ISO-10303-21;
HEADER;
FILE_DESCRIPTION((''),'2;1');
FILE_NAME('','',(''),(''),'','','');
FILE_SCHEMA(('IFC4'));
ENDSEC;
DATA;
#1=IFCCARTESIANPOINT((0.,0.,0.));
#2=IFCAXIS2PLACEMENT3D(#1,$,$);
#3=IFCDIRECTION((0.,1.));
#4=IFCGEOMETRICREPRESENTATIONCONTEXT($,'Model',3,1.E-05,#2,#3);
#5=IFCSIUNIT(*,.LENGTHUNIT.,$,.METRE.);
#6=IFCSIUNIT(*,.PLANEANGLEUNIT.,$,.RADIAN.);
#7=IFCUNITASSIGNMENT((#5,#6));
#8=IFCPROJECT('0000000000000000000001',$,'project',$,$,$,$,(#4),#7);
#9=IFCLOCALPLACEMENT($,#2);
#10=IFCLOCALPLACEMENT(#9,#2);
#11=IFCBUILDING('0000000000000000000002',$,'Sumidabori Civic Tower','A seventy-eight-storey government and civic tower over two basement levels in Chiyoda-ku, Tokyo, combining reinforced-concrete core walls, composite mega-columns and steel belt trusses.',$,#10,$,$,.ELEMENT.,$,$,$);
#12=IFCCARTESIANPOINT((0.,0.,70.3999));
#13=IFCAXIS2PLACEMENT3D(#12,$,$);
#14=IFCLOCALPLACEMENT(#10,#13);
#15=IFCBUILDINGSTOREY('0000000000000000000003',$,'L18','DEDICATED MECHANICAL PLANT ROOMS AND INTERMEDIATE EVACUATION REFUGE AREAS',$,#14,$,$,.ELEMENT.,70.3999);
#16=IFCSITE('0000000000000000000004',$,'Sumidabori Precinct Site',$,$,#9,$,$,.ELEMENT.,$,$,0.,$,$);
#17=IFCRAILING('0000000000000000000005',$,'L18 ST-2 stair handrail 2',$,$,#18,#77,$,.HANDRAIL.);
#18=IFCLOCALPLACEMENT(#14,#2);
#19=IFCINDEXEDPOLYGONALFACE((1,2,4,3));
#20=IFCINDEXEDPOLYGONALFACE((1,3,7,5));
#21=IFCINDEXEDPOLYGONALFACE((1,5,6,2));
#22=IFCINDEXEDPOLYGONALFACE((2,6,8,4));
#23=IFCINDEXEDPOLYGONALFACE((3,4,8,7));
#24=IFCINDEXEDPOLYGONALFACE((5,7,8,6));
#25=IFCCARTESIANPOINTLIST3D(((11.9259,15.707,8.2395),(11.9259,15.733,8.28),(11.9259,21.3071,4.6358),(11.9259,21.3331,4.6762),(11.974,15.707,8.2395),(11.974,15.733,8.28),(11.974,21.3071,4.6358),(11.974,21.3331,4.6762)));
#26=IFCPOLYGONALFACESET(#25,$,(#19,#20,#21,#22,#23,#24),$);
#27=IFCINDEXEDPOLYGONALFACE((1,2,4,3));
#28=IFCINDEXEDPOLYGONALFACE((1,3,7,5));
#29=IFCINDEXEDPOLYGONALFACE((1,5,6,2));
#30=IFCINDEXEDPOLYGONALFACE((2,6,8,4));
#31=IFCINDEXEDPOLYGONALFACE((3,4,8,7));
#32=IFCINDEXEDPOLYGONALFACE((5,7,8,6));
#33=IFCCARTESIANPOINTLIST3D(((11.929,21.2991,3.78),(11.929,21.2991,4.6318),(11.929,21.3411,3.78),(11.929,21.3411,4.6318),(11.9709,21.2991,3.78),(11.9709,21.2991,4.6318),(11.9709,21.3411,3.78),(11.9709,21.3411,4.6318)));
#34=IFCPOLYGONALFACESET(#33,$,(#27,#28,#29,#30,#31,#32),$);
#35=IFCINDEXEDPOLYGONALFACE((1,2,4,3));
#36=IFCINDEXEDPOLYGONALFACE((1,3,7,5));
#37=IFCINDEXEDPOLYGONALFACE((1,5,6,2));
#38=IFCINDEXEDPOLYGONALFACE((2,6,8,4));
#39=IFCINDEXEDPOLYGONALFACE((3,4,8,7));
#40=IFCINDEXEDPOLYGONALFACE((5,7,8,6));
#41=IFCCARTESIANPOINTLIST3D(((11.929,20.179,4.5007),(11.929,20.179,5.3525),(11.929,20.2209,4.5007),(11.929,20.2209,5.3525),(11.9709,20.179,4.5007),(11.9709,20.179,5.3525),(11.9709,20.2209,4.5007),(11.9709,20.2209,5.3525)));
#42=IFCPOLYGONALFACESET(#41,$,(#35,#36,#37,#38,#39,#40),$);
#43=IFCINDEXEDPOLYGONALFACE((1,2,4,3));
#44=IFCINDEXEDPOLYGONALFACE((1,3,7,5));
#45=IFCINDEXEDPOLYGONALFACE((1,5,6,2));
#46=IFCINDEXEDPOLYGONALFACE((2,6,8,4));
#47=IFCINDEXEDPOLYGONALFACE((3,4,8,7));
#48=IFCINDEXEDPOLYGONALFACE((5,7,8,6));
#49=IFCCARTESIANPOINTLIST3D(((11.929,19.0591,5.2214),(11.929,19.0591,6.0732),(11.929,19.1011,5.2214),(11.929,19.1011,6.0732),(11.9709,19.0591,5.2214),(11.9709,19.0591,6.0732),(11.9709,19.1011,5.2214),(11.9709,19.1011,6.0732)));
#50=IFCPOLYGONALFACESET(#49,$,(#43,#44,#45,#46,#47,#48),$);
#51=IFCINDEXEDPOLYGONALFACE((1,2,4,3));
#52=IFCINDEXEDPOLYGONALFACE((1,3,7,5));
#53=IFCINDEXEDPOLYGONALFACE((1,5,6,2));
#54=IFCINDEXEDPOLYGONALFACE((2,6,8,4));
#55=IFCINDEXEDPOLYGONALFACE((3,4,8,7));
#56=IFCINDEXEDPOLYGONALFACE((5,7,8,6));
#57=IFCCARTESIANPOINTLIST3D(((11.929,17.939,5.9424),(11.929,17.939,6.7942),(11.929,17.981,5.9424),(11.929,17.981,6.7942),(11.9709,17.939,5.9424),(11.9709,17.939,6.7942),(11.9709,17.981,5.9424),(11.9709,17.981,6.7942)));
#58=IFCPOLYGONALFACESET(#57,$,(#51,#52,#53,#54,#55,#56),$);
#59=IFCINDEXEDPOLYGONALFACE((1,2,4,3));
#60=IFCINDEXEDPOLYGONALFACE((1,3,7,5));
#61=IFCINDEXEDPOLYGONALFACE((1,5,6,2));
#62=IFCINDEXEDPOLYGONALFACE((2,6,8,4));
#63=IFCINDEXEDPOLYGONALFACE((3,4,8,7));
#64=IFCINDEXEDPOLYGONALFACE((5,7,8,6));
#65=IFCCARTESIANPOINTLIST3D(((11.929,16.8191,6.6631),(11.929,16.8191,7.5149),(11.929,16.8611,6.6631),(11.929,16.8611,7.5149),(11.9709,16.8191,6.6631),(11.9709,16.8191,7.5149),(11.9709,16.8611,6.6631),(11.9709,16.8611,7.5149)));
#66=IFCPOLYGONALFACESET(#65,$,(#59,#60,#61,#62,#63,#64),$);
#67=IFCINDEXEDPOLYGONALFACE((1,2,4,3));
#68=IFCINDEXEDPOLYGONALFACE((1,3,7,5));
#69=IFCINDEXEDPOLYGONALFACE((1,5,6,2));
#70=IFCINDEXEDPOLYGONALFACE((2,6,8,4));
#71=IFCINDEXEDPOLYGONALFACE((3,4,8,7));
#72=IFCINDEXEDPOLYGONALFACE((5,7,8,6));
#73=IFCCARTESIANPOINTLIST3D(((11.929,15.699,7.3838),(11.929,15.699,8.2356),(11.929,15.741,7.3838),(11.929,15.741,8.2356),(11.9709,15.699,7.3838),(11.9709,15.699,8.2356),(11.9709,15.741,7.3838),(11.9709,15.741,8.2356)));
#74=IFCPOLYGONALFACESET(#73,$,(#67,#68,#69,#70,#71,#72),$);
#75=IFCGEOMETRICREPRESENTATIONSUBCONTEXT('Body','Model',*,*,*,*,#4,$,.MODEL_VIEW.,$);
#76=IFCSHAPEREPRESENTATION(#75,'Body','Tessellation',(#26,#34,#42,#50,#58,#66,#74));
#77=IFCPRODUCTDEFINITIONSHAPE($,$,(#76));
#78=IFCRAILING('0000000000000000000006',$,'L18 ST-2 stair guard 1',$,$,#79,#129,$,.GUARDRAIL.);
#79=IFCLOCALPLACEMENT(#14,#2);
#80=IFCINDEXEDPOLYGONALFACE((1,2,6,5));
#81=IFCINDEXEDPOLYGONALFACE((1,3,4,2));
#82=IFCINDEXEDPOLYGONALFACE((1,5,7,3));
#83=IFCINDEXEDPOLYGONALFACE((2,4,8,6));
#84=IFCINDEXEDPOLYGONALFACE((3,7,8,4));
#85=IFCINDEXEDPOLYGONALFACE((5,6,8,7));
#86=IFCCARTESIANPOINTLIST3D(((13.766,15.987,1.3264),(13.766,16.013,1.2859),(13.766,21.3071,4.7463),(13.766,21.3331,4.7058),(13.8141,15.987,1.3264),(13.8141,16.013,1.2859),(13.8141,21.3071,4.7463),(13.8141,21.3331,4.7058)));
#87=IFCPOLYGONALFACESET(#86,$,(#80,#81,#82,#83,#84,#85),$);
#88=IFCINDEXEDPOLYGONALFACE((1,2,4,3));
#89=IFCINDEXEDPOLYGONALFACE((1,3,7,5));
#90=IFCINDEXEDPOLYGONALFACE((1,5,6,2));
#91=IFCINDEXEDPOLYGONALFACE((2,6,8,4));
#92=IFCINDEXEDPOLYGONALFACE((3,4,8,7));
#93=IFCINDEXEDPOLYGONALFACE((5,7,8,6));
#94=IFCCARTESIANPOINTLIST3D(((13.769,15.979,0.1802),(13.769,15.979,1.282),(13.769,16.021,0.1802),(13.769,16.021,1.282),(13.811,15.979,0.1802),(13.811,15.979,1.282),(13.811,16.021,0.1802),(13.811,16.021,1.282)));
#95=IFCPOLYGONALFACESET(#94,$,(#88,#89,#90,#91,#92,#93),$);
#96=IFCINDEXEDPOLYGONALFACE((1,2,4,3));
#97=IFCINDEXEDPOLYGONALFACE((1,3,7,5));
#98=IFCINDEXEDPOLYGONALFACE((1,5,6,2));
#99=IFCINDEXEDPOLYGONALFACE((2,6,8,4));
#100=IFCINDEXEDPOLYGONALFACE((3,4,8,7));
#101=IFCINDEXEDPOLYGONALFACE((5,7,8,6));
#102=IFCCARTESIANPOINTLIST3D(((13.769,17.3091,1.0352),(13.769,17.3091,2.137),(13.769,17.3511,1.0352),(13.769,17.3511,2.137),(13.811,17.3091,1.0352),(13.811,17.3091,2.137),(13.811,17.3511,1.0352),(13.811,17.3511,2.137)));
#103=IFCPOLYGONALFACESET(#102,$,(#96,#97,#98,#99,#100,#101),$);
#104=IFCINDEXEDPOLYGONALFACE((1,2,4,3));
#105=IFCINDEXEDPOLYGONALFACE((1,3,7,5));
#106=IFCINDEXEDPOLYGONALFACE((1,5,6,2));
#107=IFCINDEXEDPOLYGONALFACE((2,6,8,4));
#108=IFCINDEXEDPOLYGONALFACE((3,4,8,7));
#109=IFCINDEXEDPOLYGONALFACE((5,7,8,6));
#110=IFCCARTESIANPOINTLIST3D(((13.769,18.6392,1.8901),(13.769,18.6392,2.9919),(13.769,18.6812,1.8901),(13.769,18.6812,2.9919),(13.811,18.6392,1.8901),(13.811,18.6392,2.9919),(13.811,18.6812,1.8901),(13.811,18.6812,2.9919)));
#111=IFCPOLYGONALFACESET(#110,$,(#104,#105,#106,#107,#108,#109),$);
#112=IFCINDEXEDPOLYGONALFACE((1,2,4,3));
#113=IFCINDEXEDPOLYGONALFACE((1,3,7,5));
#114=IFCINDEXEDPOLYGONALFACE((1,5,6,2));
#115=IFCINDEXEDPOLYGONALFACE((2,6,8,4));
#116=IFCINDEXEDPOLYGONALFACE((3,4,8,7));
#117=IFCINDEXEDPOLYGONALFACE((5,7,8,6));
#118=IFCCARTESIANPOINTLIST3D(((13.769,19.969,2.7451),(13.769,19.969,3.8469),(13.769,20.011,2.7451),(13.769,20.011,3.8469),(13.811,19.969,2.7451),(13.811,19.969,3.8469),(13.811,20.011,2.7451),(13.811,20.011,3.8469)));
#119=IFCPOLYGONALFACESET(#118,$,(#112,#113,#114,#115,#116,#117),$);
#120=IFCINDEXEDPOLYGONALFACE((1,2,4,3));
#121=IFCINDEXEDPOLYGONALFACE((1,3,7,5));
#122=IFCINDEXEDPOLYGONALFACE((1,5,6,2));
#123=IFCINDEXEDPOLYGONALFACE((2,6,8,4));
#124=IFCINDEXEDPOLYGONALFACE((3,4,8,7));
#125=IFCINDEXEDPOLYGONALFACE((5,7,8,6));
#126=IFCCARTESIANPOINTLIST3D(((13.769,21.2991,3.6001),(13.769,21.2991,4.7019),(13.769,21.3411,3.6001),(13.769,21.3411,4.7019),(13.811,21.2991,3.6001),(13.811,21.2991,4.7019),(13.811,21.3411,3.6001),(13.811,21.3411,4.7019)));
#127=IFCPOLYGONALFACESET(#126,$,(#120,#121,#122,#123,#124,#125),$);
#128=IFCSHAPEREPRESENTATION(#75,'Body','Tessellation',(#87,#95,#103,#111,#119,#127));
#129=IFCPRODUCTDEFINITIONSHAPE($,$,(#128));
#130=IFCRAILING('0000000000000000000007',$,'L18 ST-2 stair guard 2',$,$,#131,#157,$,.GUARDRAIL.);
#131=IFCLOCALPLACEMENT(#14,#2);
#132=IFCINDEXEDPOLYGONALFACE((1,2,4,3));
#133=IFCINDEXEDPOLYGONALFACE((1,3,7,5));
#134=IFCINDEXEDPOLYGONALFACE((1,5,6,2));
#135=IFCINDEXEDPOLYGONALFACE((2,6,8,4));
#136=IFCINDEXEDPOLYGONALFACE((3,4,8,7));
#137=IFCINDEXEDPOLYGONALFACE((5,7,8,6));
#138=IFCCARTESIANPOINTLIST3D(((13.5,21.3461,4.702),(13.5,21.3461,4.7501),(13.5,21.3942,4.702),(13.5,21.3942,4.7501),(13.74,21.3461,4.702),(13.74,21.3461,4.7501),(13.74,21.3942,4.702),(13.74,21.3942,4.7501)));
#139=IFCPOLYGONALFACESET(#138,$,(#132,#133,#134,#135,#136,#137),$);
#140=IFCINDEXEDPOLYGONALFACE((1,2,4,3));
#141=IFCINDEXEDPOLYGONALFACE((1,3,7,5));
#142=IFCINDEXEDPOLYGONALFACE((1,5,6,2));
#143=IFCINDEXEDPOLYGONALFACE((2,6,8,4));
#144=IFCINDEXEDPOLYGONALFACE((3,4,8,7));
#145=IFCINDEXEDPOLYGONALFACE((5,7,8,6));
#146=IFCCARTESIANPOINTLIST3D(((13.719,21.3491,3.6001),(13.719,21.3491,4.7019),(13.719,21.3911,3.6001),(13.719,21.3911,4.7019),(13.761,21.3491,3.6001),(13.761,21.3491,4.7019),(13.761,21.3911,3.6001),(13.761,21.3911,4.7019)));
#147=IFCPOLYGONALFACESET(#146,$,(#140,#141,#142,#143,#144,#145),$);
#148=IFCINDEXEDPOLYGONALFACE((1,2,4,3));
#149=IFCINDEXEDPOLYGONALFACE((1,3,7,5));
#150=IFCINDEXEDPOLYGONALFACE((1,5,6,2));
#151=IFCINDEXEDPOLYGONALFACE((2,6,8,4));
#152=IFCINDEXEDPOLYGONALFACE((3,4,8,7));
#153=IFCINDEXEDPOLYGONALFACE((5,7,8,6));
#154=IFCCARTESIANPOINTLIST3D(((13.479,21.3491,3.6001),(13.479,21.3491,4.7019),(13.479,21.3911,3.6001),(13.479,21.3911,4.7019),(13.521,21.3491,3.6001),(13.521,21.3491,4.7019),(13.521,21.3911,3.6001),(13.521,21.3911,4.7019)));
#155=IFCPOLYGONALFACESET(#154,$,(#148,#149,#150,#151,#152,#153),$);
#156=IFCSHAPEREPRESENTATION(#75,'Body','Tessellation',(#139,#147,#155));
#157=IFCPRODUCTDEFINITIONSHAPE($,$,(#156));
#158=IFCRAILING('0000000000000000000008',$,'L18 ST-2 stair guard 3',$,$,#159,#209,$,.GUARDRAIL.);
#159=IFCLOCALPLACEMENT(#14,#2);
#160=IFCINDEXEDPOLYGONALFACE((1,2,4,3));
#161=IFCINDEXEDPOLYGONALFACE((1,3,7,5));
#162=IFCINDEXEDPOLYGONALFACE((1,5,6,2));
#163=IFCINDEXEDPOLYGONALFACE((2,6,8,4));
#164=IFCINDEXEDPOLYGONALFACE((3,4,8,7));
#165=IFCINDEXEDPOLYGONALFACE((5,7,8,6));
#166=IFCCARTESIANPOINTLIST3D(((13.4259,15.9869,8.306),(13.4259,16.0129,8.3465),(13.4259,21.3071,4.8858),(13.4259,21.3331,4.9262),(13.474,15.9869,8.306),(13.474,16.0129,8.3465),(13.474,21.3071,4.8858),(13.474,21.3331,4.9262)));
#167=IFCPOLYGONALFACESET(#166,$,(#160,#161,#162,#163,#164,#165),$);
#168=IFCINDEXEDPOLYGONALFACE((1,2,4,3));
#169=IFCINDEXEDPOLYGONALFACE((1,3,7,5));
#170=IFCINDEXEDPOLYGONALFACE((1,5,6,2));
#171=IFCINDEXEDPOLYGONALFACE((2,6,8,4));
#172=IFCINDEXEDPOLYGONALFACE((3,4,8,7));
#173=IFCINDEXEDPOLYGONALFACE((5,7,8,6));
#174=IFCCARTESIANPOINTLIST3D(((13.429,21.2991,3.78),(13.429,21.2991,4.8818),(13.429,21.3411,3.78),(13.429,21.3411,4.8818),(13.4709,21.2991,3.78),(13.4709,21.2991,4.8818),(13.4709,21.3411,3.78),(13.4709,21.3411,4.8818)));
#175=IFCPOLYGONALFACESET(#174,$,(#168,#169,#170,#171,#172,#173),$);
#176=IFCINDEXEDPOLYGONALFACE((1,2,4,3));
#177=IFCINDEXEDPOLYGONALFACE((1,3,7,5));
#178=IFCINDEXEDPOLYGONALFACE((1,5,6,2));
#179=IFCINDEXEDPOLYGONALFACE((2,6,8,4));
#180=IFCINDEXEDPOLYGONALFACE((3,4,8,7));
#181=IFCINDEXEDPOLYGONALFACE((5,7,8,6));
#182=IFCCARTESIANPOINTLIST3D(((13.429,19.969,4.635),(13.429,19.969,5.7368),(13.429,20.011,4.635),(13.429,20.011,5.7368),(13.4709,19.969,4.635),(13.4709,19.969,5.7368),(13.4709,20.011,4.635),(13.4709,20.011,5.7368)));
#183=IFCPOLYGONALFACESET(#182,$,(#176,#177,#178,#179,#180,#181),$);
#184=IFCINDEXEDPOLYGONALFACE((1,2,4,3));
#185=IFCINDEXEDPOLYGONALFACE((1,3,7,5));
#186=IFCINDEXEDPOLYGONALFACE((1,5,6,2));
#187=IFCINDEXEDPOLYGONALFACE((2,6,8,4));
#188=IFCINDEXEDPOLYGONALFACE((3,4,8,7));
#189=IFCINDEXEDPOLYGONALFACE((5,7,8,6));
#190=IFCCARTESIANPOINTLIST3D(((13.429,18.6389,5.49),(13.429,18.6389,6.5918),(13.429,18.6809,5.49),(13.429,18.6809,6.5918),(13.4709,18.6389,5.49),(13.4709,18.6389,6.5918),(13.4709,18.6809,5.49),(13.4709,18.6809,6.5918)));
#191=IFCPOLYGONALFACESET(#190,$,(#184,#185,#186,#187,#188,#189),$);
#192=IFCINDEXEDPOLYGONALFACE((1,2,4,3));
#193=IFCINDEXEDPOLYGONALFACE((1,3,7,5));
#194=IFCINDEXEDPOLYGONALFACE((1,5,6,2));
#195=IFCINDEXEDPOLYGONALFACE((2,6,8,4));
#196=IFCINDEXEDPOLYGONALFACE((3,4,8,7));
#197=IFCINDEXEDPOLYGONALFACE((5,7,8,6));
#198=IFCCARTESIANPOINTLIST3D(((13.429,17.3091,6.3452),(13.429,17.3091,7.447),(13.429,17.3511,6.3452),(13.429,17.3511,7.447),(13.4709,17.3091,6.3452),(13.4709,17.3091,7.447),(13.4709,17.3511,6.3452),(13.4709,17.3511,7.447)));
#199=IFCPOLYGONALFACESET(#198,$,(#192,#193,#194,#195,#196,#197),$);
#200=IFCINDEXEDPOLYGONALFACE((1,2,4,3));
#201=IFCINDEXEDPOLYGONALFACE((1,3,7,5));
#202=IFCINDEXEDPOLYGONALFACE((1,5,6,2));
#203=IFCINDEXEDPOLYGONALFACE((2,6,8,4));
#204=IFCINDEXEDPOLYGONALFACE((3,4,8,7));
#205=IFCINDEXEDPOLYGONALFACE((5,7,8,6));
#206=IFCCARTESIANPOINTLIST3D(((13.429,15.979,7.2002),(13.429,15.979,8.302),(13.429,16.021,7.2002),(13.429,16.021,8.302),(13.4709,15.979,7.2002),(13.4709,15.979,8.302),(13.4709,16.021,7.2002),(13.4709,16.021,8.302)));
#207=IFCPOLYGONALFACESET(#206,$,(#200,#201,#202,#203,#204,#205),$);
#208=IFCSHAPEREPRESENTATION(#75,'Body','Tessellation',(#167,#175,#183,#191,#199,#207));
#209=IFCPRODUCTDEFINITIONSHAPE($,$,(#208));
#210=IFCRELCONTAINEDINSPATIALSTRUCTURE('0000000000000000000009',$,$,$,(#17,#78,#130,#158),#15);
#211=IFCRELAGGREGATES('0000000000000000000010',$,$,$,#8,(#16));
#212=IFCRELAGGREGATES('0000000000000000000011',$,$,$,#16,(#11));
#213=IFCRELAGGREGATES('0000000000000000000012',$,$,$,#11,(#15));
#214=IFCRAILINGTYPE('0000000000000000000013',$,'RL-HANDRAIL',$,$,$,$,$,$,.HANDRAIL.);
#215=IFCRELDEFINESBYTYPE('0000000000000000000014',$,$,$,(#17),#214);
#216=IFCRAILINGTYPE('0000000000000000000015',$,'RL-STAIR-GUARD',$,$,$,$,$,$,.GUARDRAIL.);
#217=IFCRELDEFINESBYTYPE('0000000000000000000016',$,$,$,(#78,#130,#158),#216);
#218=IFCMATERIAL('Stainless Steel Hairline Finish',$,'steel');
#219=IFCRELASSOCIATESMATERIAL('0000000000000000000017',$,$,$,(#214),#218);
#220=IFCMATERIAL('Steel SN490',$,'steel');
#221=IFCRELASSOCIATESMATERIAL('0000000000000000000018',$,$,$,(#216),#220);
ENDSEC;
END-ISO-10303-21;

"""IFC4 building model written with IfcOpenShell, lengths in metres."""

from ifc_helpers import new_model, si_unit, direction, frame, origin, origin_2d, place, context, subcontext, project, spatial, rectangle, extrude, material, type_object, element, save


model = new_model("IFC4")

# Units and contexts
model_context = context("Model", 3, precision=1e-05, world=origin(), true_north=direction((0.0, 1.0)))
body_context = subcontext(model_context, "Body", "Model", "MODEL_VIEW")
ifc_project = project(units=[si_unit("LENGTHUNIT", "METRE"), si_unit("PLANEANGLEUNIT", "RADIAN")], contexts=[model_context])

# Site, building, storey
site_placement = place(None, origin())
site = spatial("IfcSite", under=ifc_project, at=site_placement, Name="Sumidabori Precinct Site", CompositionType="ELEMENT", RefElevation=0.0)
building_placement = place(site_placement, origin())
building = spatial("IfcBuilding", under=site, at=building_placement, Name="Sumidabori Civic Tower", Description="A seventy-eight-storey government and civic tower over two basement levels in Chiyoda-ku, Tokyo, combining reinforced-concrete core walls, composite mega-columns and steel belt trusses.", CompositionType="ELEMENT")
storey_placement = place(building_placement, frame((0.0, 0.0, 70.3999)))
storey = spatial("IfcBuildingStorey", under=building, at=storey_placement, Name="L18", Description="DEDICATED MECHANICAL PLANT ROOMS AND INTERMEDIATE EVACUATION REFUGE AREAS", CompositionType="ELEMENT", Elevation=70.3999)

# Shared definitions
ifc_material_1 = material(Name="Steel SN490", Category="steel")

# Shared definitions
ifc_material_2 = material(Name="Stainless Steel Hairline Finish", Category="steel")

# Railings
railing_type_1 = type_object("IfcRailingType", Name="RL-HANDRAIL", PredefinedType="HANDRAIL", material=ifc_material_2)
railing_1_placement = place(storey_placement, frame((11.95, 21.3201, 3.78)))
element("IfcRailing", 1, at=railing_1_placement, inside=storey, type_object=railing_type_1, Name="L18 ST-2 stair handrail 2", PredefinedType="HANDRAIL", context=body_context, shape_type="SweptSolid", body=[
    extrude(rectangle(XDim=0.0481, YDim=0.0481, at=origin_2d()), frame((0.0, 0.0, 0.876), z_axis=(0.0, -0.840926, 0.54115), x_axis=(1.0, 0.0, 0.0)), (0.0, 0.0, 1.0), 6.6594),
    extrude(rectangle(XDim=0.042, YDim=0.042, at=origin_2d()), origin(), (0.0, 0.0, 1.0), 0.8518),
    extrude(rectangle(XDim=0.042, YDim=0.042, at=origin_2d()), frame((0.0, -1.1201, 0.7207)), (0.0, 0.0, 1.0), 0.8518),
    extrude(rectangle(XDim=0.042, YDim=0.042, at=origin_2d()), frame((0.0, -2.24, 1.4414)), (0.0, 0.0, 1.0), 0.8518),
    extrude(rectangle(XDim=0.042, YDim=0.042, at=origin_2d()), frame((0.0, -3.3601, 2.1624)), (0.0, 0.0, 1.0), 0.8518),
    extrude(rectangle(XDim=0.042, YDim=0.042, at=origin_2d()), frame((0.0, -4.48, 2.8831)), (0.0, 0.0, 1.0), 0.8518),
    extrude(rectangle(XDim=0.042, YDim=0.042, at=origin_2d()), frame((0.0, -5.6001, 3.6038)), (0.0, 0.0, 1.0), 0.8518),
])
railing_type_2 = type_object("IfcRailingType", Name="RL-STAIR-GUARD", PredefinedType="GUARDRAIL", material=ifc_material_1)
railing_2_placement = place(storey_placement, frame((13.79, 16.0, 0.1802)))
element("IfcRailing", 2, at=railing_2_placement, inside=storey, type_object=railing_type_2, Name="L18 ST-2 stair guard 1", PredefinedType="GUARDRAIL", context=body_context, shape_type="SweptSolid", body=[
    extrude(rectangle(XDim=0.0481, YDim=0.0481, at=origin_2d()), frame((0.0, 0.0, 1.126), z_axis=(0.0, 0.841187, 0.540744), x_axis=(-1.0, 0.0, 0.0)), (0.0, 0.0, 1.0), 6.3245),
    extrude(rectangle(XDim=0.042, YDim=0.042, at=origin_2d()), origin(), (0.0, 0.0, 1.0), 1.1018),
    extrude(rectangle(XDim=0.042, YDim=0.042, at=origin_2d()), frame((0.0, 1.3301, 0.855)), (0.0, 0.0, 1.0), 1.1018),
    extrude(rectangle(XDim=0.042, YDim=0.042, at=origin_2d()), frame((0.0, 2.6602, 1.71)), (0.0, 0.0, 1.0), 1.1018),
    extrude(rectangle(XDim=0.042, YDim=0.042, at=origin_2d()), frame((0.0, 3.99, 2.5649)), (0.0, 0.0, 1.0), 1.1018),
    extrude(rectangle(XDim=0.042, YDim=0.042, at=origin_2d()), frame((0.0, 5.3201, 3.4199)), (0.0, 0.0, 1.0), 1.1018),
])
railing_3_placement = place(storey_placement, frame((13.74, 21.3701, 3.6001)))
element("IfcRailing", 3, at=railing_3_placement, inside=storey, type_object=railing_type_2, Name="L18 ST-2 stair guard 2", PredefinedType="GUARDRAIL", context=body_context, shape_type="SweptSolid", body=[
    extrude(rectangle(XDim=0.0481, YDim=0.0481, at=origin_2d()), frame((0.0, 0.0, 1.126), z_axis=(-1.0, 0.0, 0.0), x_axis=(0.0, -1.0, 0.0)), (0.0, 0.0, 1.0), 0.24),
    extrude(rectangle(XDim=0.042, YDim=0.042, at=origin_2d()), origin(), (0.0, 0.0, 1.0), 1.1018),
    extrude(rectangle(XDim=0.042, YDim=0.042, at=origin_2d()), frame((-0.24, 0.0, 0.0)), (0.0, 0.0, 1.0), 1.1018),
])
railing_4_placement = place(storey_placement, frame((13.45, 21.3201, 3.78)))
element("IfcRailing", 4, at=railing_4_placement, inside=storey, type_object=railing_type_2, Name="L18 ST-2 stair guard 3", PredefinedType="GUARDRAIL", context=body_context, shape_type="SweptSolid", body=[
    extrude(rectangle(XDim=0.0481, YDim=0.0481, at=origin_2d()), frame((0.0, 0.0, 1.126), z_axis=(0.0, -0.84117, 0.540771), x_axis=(1.0, 0.0, 0.0)), (0.0, 0.0, 1.0), 6.3247),
    extrude(rectangle(XDim=0.042, YDim=0.042, at=origin_2d()), origin(), (0.0, 0.0, 1.0), 1.1018),
    extrude(rectangle(XDim=0.042, YDim=0.042, at=origin_2d()), frame((0.0, -1.3301, 0.855)), (0.0, 0.0, 1.0), 1.1018),
    extrude(rectangle(XDim=0.042, YDim=0.042, at=origin_2d()), frame((0.0, -2.6602, 1.71)), (0.0, 0.0, 1.0), 1.1018),
    extrude(rectangle(XDim=0.042, YDim=0.042, at=origin_2d()), frame((0.0, -3.99, 2.5652)), (0.0, 0.0, 1.0), 1.1018),
    extrude(rectangle(XDim=0.042, YDim=0.042, at=origin_2d()), frame((0.0, -5.3201, 3.4202)), (0.0, 0.0, 1.0), 1.1018),
])

save(model, "model.ifc")
